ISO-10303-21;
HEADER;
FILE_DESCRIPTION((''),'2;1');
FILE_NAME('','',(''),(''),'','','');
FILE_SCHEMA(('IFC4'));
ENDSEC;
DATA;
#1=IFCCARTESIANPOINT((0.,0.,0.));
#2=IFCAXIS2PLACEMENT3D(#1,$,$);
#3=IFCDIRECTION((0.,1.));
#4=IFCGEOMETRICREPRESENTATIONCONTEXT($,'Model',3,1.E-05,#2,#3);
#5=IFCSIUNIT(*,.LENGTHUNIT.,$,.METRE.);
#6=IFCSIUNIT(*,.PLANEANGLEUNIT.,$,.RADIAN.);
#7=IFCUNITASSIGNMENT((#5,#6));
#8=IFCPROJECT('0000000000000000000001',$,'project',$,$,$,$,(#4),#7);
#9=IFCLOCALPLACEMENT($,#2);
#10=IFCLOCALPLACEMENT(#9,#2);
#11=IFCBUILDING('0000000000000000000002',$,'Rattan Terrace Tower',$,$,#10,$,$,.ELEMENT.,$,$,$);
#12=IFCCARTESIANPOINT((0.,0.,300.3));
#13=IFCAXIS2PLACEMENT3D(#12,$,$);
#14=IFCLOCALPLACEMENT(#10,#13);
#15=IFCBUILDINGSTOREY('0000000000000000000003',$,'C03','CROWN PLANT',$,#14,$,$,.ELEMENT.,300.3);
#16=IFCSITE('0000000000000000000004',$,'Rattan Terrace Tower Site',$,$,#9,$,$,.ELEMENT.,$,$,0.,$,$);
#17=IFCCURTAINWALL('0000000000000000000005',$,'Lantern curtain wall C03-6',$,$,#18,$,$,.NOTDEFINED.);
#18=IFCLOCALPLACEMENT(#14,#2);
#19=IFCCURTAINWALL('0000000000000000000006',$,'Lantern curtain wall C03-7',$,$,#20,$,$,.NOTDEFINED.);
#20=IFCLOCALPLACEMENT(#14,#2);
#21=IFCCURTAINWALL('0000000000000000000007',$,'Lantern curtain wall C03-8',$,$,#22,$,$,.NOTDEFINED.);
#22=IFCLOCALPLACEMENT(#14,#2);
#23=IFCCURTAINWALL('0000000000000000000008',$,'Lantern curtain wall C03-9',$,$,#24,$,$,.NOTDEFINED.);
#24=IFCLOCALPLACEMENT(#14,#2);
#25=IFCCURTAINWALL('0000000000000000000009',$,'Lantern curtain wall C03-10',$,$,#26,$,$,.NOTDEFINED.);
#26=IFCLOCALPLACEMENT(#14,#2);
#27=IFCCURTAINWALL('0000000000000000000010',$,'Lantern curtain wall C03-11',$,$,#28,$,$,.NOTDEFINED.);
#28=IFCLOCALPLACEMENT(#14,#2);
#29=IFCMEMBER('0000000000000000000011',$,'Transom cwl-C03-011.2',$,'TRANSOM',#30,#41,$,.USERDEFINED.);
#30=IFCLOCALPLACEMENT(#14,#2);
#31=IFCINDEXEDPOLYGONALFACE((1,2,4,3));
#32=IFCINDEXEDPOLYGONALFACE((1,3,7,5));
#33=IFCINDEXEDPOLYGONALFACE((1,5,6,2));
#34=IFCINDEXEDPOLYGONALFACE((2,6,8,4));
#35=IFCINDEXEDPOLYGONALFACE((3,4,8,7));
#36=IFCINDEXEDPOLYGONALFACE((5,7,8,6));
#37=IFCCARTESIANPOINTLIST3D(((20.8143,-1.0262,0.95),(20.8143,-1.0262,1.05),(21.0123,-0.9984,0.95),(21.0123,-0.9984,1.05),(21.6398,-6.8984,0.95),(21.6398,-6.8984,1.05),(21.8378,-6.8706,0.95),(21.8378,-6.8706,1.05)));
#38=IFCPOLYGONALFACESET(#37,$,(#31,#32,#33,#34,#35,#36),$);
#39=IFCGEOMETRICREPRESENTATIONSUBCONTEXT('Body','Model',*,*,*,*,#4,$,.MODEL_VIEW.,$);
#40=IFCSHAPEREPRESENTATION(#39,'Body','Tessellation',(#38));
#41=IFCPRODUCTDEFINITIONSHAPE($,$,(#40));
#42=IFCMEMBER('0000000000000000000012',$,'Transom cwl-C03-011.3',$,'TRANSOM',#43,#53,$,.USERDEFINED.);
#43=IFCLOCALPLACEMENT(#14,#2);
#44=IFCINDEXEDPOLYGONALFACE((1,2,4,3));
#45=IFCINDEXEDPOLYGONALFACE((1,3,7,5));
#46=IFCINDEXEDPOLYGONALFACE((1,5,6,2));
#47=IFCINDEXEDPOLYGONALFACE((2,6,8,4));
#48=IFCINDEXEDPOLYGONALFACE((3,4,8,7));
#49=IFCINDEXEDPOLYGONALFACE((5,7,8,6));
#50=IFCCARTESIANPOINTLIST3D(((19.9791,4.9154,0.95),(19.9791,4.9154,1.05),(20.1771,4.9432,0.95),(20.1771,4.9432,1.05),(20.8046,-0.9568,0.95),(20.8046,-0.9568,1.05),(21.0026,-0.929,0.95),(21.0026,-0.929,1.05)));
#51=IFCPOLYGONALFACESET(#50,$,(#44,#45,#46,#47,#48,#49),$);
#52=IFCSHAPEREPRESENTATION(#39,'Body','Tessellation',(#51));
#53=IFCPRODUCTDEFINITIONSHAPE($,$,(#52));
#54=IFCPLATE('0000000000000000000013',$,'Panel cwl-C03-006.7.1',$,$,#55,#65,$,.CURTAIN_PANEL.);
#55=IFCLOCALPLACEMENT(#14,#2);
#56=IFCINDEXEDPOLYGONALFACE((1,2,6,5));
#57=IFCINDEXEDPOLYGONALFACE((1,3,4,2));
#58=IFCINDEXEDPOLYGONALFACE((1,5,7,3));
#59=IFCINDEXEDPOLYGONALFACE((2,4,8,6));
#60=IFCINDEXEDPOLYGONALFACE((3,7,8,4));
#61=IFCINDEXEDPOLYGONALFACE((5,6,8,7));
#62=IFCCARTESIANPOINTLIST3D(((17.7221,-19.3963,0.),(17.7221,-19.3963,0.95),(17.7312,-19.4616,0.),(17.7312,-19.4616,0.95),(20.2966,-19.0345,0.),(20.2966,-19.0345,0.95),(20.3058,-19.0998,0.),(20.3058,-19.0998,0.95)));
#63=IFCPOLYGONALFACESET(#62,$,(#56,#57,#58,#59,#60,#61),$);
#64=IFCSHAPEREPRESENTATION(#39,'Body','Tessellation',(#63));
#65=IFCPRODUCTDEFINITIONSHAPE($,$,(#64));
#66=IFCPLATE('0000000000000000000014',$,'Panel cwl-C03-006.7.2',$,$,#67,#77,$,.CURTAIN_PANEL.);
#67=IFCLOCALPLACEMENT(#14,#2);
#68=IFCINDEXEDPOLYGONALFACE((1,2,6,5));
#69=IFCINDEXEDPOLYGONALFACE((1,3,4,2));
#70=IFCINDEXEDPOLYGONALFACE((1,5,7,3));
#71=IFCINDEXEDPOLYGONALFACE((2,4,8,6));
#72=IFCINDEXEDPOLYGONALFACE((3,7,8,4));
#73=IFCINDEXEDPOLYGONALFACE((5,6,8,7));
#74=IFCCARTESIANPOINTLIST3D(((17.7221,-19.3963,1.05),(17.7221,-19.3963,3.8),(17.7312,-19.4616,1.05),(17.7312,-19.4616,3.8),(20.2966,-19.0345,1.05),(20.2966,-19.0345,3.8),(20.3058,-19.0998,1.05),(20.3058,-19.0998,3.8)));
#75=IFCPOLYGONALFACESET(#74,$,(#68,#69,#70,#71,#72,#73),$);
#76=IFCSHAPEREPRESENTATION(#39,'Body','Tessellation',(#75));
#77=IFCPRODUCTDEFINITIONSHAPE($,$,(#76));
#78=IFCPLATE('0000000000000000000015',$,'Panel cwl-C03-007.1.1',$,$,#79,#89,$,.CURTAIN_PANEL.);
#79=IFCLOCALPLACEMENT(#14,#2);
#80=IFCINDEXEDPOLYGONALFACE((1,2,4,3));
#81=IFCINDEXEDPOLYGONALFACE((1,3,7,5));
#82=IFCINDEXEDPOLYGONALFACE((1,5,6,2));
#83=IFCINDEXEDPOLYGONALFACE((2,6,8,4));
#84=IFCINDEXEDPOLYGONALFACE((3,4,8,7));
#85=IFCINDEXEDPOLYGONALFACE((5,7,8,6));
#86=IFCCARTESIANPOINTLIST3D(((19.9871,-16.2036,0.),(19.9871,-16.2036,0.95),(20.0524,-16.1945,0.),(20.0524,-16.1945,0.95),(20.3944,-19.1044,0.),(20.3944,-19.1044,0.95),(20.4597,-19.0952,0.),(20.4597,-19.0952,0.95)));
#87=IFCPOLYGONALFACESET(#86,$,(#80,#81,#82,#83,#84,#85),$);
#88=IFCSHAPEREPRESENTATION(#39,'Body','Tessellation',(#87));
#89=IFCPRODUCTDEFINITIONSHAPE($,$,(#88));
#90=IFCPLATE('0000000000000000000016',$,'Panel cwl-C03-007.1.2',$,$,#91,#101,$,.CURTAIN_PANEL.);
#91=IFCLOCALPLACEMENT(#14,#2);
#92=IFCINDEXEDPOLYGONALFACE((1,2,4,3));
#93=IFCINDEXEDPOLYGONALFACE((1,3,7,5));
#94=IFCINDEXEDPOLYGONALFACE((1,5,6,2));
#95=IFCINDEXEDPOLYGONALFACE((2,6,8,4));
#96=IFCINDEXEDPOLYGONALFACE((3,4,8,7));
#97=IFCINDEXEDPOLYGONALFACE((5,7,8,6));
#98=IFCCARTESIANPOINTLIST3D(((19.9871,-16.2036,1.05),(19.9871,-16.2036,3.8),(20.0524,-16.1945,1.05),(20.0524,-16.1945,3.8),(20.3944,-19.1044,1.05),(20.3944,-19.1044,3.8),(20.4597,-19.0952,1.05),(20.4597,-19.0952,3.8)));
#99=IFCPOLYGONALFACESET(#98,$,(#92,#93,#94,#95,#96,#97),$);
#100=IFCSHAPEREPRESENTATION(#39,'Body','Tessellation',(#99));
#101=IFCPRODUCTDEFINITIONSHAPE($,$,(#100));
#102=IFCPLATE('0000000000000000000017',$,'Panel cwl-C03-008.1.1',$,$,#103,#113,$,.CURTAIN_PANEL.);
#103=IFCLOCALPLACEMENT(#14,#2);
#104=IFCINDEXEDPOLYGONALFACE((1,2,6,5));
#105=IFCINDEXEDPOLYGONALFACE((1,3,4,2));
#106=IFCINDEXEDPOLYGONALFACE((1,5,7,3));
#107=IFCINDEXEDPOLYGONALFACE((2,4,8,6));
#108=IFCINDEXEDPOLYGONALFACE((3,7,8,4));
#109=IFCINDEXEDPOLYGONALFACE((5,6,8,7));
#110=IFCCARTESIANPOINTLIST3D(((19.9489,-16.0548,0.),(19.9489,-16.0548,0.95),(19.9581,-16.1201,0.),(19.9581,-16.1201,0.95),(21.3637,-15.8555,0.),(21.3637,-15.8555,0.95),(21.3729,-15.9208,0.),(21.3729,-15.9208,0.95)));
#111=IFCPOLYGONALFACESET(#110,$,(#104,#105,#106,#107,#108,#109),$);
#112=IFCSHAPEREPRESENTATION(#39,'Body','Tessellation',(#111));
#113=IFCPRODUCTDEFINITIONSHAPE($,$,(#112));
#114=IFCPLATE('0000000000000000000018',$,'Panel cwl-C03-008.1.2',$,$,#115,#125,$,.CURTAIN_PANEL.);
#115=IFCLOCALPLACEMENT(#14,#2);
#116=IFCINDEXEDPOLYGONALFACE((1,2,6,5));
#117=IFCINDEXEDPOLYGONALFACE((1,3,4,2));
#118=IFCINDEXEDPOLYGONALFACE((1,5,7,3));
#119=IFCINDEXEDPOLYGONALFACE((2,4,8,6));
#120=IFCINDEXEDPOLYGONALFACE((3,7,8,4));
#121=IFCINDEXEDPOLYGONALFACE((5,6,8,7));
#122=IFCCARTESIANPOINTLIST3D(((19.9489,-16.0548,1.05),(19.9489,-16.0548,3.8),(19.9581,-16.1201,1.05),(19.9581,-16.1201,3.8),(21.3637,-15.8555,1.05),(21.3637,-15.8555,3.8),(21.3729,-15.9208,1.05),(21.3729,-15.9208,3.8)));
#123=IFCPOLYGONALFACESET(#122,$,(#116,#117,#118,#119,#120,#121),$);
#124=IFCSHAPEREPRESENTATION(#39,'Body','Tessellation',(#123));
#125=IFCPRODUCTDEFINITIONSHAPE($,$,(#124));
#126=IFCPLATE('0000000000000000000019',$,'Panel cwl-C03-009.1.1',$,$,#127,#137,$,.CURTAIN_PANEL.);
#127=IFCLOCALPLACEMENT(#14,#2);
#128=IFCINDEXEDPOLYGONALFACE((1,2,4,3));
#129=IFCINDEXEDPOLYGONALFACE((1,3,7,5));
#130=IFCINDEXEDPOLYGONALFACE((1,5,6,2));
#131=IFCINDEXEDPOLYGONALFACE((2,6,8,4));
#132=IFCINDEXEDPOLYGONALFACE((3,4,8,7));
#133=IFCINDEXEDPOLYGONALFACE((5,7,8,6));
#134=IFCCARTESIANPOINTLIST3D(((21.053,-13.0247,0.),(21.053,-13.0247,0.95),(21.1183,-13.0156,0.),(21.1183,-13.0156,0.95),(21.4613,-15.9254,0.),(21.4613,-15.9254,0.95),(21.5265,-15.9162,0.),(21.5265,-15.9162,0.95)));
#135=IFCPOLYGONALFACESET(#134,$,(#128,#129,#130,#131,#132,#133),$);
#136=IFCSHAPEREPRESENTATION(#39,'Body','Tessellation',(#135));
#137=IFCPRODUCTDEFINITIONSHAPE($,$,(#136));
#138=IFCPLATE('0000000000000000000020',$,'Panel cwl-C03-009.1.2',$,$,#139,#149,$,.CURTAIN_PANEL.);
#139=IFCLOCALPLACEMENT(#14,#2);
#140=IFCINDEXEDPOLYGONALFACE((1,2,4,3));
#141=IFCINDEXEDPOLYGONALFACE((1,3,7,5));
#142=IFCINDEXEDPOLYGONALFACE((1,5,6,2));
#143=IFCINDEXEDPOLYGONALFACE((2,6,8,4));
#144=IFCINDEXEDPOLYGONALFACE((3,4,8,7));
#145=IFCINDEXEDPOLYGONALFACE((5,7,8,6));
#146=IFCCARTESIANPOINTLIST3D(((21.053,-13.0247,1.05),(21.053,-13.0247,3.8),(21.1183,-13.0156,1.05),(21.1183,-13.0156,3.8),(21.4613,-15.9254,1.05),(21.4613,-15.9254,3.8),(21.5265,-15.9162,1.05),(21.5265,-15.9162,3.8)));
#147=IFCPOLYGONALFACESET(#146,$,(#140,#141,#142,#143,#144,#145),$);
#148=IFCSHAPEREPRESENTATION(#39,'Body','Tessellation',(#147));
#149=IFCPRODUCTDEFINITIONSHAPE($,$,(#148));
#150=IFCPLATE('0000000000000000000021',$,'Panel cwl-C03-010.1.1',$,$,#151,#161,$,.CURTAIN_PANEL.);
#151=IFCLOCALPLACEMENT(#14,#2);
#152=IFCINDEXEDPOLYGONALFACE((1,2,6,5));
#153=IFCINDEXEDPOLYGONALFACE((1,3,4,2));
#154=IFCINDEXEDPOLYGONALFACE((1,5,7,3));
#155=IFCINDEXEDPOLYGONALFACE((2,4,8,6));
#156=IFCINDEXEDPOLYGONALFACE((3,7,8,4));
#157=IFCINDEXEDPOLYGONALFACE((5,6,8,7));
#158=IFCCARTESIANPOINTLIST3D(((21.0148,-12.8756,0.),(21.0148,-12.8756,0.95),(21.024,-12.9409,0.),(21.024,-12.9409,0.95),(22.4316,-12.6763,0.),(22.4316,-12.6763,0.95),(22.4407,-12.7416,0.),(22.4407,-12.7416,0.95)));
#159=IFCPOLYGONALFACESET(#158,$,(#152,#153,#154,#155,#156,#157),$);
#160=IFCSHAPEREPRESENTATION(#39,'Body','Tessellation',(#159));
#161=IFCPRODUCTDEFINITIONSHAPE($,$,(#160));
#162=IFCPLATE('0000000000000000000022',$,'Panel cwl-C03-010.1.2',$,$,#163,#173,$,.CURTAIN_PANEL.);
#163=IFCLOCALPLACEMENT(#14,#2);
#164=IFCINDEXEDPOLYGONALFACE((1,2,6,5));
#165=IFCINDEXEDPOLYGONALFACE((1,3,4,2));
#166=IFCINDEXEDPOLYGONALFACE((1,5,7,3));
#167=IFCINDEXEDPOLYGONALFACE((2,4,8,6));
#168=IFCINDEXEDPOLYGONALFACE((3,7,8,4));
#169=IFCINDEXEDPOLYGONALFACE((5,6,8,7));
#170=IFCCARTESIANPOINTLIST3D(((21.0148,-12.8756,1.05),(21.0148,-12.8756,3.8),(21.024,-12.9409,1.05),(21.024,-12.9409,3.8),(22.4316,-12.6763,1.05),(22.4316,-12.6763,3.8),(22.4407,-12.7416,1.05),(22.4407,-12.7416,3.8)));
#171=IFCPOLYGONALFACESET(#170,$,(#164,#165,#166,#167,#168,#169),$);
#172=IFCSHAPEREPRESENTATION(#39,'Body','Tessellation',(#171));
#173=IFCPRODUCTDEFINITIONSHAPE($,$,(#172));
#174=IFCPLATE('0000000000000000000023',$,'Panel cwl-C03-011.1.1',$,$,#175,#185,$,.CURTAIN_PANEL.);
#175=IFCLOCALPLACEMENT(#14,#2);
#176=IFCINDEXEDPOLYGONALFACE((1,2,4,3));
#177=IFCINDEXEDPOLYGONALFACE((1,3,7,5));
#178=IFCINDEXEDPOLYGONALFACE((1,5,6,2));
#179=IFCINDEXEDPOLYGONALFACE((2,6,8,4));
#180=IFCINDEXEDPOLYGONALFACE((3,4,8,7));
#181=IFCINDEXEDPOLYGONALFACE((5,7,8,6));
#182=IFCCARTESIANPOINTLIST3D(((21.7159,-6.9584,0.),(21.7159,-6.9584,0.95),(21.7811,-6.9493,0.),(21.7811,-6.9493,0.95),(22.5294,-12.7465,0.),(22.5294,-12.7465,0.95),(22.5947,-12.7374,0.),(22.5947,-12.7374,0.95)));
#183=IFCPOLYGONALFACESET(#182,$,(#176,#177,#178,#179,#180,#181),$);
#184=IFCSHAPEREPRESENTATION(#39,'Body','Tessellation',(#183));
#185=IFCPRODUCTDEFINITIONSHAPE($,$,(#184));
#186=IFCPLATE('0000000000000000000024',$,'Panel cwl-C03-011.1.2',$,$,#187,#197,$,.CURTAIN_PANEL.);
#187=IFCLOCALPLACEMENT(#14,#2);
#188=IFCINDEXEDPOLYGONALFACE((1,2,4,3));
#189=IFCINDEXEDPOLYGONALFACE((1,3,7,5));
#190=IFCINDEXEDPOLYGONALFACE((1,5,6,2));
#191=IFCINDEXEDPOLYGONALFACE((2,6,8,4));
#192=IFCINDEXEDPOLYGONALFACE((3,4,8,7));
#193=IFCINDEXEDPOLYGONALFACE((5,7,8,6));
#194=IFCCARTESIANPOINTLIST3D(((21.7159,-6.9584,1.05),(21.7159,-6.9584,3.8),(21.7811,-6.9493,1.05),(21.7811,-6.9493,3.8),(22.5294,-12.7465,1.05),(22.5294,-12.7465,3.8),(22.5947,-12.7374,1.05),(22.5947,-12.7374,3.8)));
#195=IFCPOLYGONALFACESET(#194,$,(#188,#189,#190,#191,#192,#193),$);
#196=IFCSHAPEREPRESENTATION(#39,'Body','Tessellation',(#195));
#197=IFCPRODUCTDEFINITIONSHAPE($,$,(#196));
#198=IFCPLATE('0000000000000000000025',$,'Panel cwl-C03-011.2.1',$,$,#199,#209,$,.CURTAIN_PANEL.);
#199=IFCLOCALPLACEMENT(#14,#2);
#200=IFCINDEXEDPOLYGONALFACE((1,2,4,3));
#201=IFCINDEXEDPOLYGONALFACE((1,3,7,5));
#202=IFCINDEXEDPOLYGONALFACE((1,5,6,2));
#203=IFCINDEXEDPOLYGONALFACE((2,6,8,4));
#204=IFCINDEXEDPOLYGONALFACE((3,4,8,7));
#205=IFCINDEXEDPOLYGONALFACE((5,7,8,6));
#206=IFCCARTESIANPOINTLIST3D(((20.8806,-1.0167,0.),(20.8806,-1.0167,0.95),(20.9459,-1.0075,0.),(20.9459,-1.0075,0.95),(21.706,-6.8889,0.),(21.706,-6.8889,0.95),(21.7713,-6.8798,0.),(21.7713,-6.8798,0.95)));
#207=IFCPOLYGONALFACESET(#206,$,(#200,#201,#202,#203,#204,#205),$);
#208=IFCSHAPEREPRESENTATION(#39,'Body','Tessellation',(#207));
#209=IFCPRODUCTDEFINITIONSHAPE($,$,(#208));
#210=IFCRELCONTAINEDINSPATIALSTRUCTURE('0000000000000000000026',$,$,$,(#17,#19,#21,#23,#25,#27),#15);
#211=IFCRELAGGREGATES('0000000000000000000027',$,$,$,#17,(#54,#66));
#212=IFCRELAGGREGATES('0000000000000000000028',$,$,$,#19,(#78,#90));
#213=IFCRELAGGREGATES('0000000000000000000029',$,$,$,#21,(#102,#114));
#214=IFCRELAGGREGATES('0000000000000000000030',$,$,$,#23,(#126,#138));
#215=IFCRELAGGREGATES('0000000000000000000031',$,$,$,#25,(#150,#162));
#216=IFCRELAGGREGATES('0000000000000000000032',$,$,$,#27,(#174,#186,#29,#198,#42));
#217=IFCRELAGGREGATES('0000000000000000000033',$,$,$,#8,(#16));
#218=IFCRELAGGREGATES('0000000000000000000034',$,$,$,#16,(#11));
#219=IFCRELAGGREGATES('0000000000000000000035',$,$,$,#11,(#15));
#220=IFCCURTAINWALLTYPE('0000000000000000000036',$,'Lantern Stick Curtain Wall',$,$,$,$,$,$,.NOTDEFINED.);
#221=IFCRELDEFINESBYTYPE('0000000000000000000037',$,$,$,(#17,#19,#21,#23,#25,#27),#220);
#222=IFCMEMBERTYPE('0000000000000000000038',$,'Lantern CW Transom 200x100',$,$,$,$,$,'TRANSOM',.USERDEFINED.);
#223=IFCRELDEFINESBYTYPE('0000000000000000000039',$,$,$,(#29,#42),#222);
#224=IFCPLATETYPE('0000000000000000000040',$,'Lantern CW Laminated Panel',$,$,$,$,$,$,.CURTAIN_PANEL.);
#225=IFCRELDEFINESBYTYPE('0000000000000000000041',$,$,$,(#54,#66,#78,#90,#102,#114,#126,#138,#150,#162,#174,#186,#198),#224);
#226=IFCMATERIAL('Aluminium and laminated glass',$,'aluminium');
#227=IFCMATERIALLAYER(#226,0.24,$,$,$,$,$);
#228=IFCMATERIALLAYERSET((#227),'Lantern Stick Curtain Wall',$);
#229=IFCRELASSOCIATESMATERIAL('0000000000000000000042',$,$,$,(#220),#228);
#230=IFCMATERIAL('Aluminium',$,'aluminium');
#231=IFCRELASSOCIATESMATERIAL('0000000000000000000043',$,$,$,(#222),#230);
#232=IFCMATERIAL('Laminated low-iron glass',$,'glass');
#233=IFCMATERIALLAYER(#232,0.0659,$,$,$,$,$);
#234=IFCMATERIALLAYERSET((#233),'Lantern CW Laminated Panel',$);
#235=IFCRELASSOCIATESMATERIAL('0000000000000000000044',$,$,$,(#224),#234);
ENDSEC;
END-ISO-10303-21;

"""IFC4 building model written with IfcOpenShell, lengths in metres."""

from ifc_helpers import new_model, si_unit, direction, frame, origin, origin_2d, place, context, subcontext, project, spatial, rectangle, extrude, material, layer, layer_set, material_profile, profile_set, type_object, element, aggregate, save


model = new_model("IFC4")

# Units and contexts
model_context = context("Model", 3, precision=1e-05, world=origin(), true_north=direction((0.0, 1.0)))
body_context = subcontext(model_context, "Body", "Model", "MODEL_VIEW")
ifc_project = project(units=[si_unit("LENGTHUNIT", "METRE"), si_unit("PLANEANGLEUNIT", "RADIAN")], contexts=[model_context])

# Site, building, storey
site_placement = place(None, origin())
site = spatial("IfcSite", under=ifc_project, at=site_placement, Name="Rattan Terrace Tower Site", CompositionType="ELEMENT", RefElevation=0.0)
building_placement = place(site_placement, origin())
building = spatial("IfcBuilding", under=site, at=building_placement, Name="Rattan Terrace Tower", CompositionType="ELEMENT")
storey_placement = place(building_placement, frame((0.0, 0.0, 300.3)))
storey = spatial("IfcBuildingStorey", under=building, at=storey_placement, Name="C03", Description="CROWN PLANT", CompositionType="ELEMENT", Elevation=300.3)

# Curtain walls
ifc_material_1 = material(Name="Aluminium and laminated glass", Category="aluminium")
ifc_layer_1 = layer(ifc_material_1, 0.24)
ifc_layer_set_1 = layer_set([ifc_layer_1], Name="Lantern Stick Curtain Wall")
curtain_wall_type = type_object("IfcCurtainWallType", Name="Lantern Stick Curtain Wall", PredefinedType="NOTDEFINED", material=ifc_layer_set_1)
curtain_wall_1_placement = place(storey_placement, origin())
curtain_wall_1 = element("IfcCurtainWall", 1, at=curtain_wall_1_placement, inside=storey, type_object=curtain_wall_type, Name="Lantern curtain wall C03-6", PredefinedType="NOTDEFINED")
curtain_wall_2_placement = place(storey_placement, origin())
curtain_wall_2 = element("IfcCurtainWall", 2, at=curtain_wall_2_placement, inside=storey, type_object=curtain_wall_type, Name="Lantern curtain wall C03-7", PredefinedType="NOTDEFINED")
curtain_wall_3_placement = place(storey_placement, origin())
curtain_wall_3 = element("IfcCurtainWall", 3, at=curtain_wall_3_placement, inside=storey, type_object=curtain_wall_type, Name="Lantern curtain wall C03-8", PredefinedType="NOTDEFINED")
curtain_wall_4_placement = place(storey_placement, origin())
curtain_wall_4 = element("IfcCurtainWall", 4, at=curtain_wall_4_placement, inside=storey, type_object=curtain_wall_type, Name="Lantern curtain wall C03-9", PredefinedType="NOTDEFINED")
curtain_wall_5_placement = place(storey_placement, origin())
curtain_wall_5 = element("IfcCurtainWall", 5, at=curtain_wall_5_placement, inside=storey, type_object=curtain_wall_type, Name="Lantern curtain wall C03-10", PredefinedType="NOTDEFINED")

# Curtain wall
curtain_wall_6_placement = place(storey_placement, origin())
curtain_wall_6 = element("IfcCurtainWall", 6, at=curtain_wall_6_placement, inside=storey, type_object=curtain_wall_type, Name="Lantern curtain wall C03-11", PredefinedType="NOTDEFINED")

# Members
ifc_material_2 = material(Name="Aluminium", Category="aluminium")
ifc_material_profile_1 = material_profile(ifc_material_2, rectangle(XDim=0.2, YDim=0.1001, at=origin_2d()), Name="Aluminium 200x100")
ifc_profile_set_1 = profile_set([ifc_material_profile_1], Name="Aluminium")
member_type_1 = type_object("IfcMemberType", Name="Lantern CW Transom 200x100", ElementType="TRANSOM", PredefinedType="USERDEFINED", material=ifc_profile_set_1)
member_1_placement = place(storey_placement, frame((21.7388, -6.8845, 1.0), z_axis=(-0.139196, 0.990265, 0.0), x_axis=(-0.990265, -0.139196, 0.0)))
member_1 = element("IfcMember", 7, at=member_1_placement, type_object=member_type_1, Name="Transom cwl-C03-011.2", ObjectType="TRANSOM", PredefinedType="USERDEFINED", context=body_context, shape_type="SweptSolid", body=[
    extrude(rectangle(XDim=0.2, YDim=0.1001, at=origin_2d()), origin(), (0.0, 0.0, 1.0), 5.9299),
])
member_2_placement = place(storey_placement, frame((20.9036, -0.9429, 1.0), z_axis=(-0.139196, 0.990265, 0.0), x_axis=(-0.990265, -0.139196, 0.0)))
member_2 = element("IfcMember", 8, at=member_2_placement, type_object=member_type_1, Name="Transom cwl-C03-011.3", ObjectType="TRANSOM", PredefinedType="USERDEFINED", context=body_context, shape_type="SweptSolid", body=[
    extrude(rectangle(XDim=0.2, YDim=0.1001, at=origin_2d()), origin(), (0.0, 0.0, 1.0), 5.9299),
])

# Plates
ifc_material_3 = material(Name="Laminated low-iron glass", Category="glass")
ifc_layer_2 = layer(ifc_material_3, 0.0659)
ifc_layer_set_2 = layer_set([ifc_layer_2], Name="Lantern CW Laminated Panel")
plate_type = type_object("IfcPlateType", Name="Lantern CW Laminated Panel", PredefinedType="CURTAIN_PANEL", material=ifc_layer_set_2)
plate_1_placement = place(storey_placement, frame((19.0139, -19.248, 0.0), z_axis=(0.0, 0.0, 1.0), x_axis=(0.990267, 0.139181, 0.0)))
plate_1 = element("IfcPlate", 9, at=plate_1_placement, type_object=plate_type, Name="Panel cwl-C03-006.7.1", PredefinedType="CURTAIN_PANEL", context=body_context, shape_type="SweptSolid", body=[
    extrude(rectangle(XDim=2.5999, YDim=0.0659, at=origin_2d()), origin(), (0.0, 0.0, 1.0), 0.95),
])
plate_2_placement = place(storey_placement, frame((19.0139, -19.248, 1.05), z_axis=(0.0, 0.0, 1.0), x_axis=(0.990267, 0.139181, 0.0)))
plate_2 = element("IfcPlate", 10, at=plate_2_placement, type_object=plate_type, Name="Panel cwl-C03-006.7.2", PredefinedType="CURTAIN_PANEL", context=body_context, shape_type="SweptSolid", body=[
    extrude(rectangle(XDim=2.5999, YDim=0.0659, at=origin_2d()), origin(), (0.0, 0.0, 1.0), 2.75),
])
aggregate(curtain_wall_1, [plate_1, plate_2])
plate_3_placement = place(storey_placement, frame((20.2234, -17.6494, 0.0), z_axis=(0.0, 0.0, 1.0), x_axis=(-0.13904, 0.990287, 0.0)))
plate_3 = element("IfcPlate", 11, at=plate_3_placement, type_object=plate_type, Name="Panel cwl-C03-007.1.1", PredefinedType="CURTAIN_PANEL", context=body_context, shape_type="SweptSolid", body=[
    extrude(rectangle(XDim=2.9292, YDim=0.0659, at=origin_2d()), origin(), (0.0, 0.0, 1.0), 0.95),
])
plate_4_placement = place(storey_placement, frame((20.2234, -17.6494, 1.05), z_axis=(0.0, 0.0, 1.0), x_axis=(-0.13904, 0.990287, 0.0)))
plate_4 = element("IfcPlate", 12, at=plate_4_placement, type_object=plate_type, Name="Panel cwl-C03-007.1.2", PredefinedType="CURTAIN_PANEL", context=body_context, shape_type="SweptSolid", body=[
    extrude(rectangle(XDim=2.9292, YDim=0.0659, at=origin_2d()), origin(), (0.0, 0.0, 1.0), 2.75),
])
aggregate(curtain_wall_2, [plate_3, plate_4])
plate_5_placement = place(storey_placement, frame((20.6609, -15.9878, 0.0), z_axis=(0.0, 0.0, 1.0), x_axis=(0.990228, 0.139459, 0.0)))
plate_5 = element("IfcPlate", 13, at=plate_5_placement, type_object=plate_type, Name="Panel cwl-C03-008.1.1", PredefinedType="CURTAIN_PANEL", context=body_context, shape_type="SweptSolid", body=[
    extrude(rectangle(XDim=1.4287, YDim=0.0659, at=origin_2d()), origin(), (0.0, 0.0, 1.0), 0.95),
])
plate_6_placement = place(storey_placement, frame((20.6609, -15.9878, 1.05), z_axis=(0.0, 0.0, 1.0), x_axis=(0.990228, 0.139459, 0.0)))
plate_6 = element("IfcPlate", 14, at=plate_6_placement, type_object=plate_type, Name="Panel cwl-C03-008.1.2", PredefinedType="CURTAIN_PANEL", context=body_context, shape_type="SweptSolid", body=[
    extrude(rectangle(XDim=1.4287, YDim=0.0659, at=origin_2d()), origin(), (0.0, 0.0, 1.0), 2.75),
])
aggregate(curtain_wall_3, [plate_5, plate_6])
plate_7_placement = place(storey_placement, frame((21.2898, -14.4705, 0.0), z_axis=(0.0, 0.0, 1.0), x_axis=(-0.139367, 0.990241, 0.0)))
plate_7 = element("IfcPlate", 15, at=plate_7_placement, type_object=plate_type, Name="Panel cwl-C03-009.1.1", PredefinedType="CURTAIN_PANEL", context=body_context, shape_type="SweptSolid", body=[
    extrude(rectangle(XDim=2.9292, YDim=0.0659, at=origin_2d()), origin(), (0.0, 0.0, 1.0), 0.95),
])
plate_8_placement = place(storey_placement, frame((21.2898, -14.4705, 1.05), z_axis=(0.0, 0.0, 1.0), x_axis=(-0.139367, 0.990241, 0.0)))
plate_8 = element("IfcPlate", 16, at=plate_8_placement, type_object=plate_type, Name="Panel cwl-C03-009.1.2", PredefinedType="CURTAIN_PANEL", context=body_context, shape_type="SweptSolid", body=[
    extrude(rectangle(XDim=2.9292, YDim=0.0659, at=origin_2d()), origin(), (0.0, 0.0, 1.0), 2.75),
])
aggregate(curtain_wall_4, [plate_7, plate_8])
plate_9_placement = place(storey_placement, frame((21.7278, -12.8086, 0.0), z_axis=(0.0, 0.0, 1.0), x_axis=(0.990254, 0.139275, 0.0)))
plate_9 = element("IfcPlate", 17, at=plate_9_placement, type_object=plate_type, Name="Panel cwl-C03-010.1.1", PredefinedType="CURTAIN_PANEL", context=body_context, shape_type="SweptSolid", body=[
    extrude(rectangle(XDim=1.4307, YDim=0.0659, at=origin_2d()), origin(), (0.0, 0.0, 1.0), 0.95),
])
plate_10_placement = place(storey_placement, frame((21.7278, -12.8086, 1.05), z_axis=(0.0, 0.0, 1.0), x_axis=(0.990254, 0.139275, 0.0)))
plate_10 = element("IfcPlate", 18, at=plate_10_placement, type_object=plate_type, Name="Panel cwl-C03-010.1.2", PredefinedType="CURTAIN_PANEL", context=body_context, shape_type="SweptSolid", body=[
    extrude(rectangle(XDim=1.4307, YDim=0.0659, at=origin_2d()), origin(), (0.0, 0.0, 1.0), 2.75),
])
aggregate(curtain_wall_5, [plate_9, plate_10])
plate_11_placement = place(storey_placement, frame((22.1553, -9.8479, 0.0), z_axis=(0.0, 0.0, 1.0), x_axis=(-0.139188, 0.990266, 0.0)))
plate_11 = element("IfcPlate", 19, at=plate_11_placement, type_object=plate_type, Name="Panel cwl-C03-011.1.1", PredefinedType="CURTAIN_PANEL", context=body_context, shape_type="SweptSolid", body=[
    extrude(rectangle(XDim=5.845, YDim=0.0659, at=origin_2d()), origin(), (0.0, 0.0, 1.0), 0.95),
])
plate_12_placement = place(storey_placement, frame((22.1553, -9.8479, 1.05), z_axis=(0.0, 0.0, 1.0), x_axis=(-0.139188, 0.990266, 0.0)))
plate_12 = element("IfcPlate", 20, at=plate_12_placement, type_object=plate_type, Name="Panel cwl-C03-011.1.2", PredefinedType="CURTAIN_PANEL", context=body_context, shape_type="SweptSolid", body=[
    extrude(rectangle(XDim=5.845, YDim=0.0659, at=origin_2d()), origin(), (0.0, 0.0, 1.0), 2.75),
])
plate_13_placement = place(storey_placement, frame((21.3259, -3.9482, 0.0), z_axis=(0.0, 0.0, 1.0), x_axis=(-0.139188, 0.990266, 0.0)))
plate_13 = element("IfcPlate", 21, at=plate_13_placement, type_object=plate_type, Name="Panel cwl-C03-011.2.1", PredefinedType="CURTAIN_PANEL", context=body_context, shape_type="SweptSolid", body=[
    extrude(rectangle(XDim=5.9299, YDim=0.0659, at=origin_2d()), origin(), (0.0, 0.0, 1.0), 0.95),
])
aggregate(curtain_wall_6, [plate_11, plate_12, member_1, plate_13, member_2])

save(model, "model.ifc")
